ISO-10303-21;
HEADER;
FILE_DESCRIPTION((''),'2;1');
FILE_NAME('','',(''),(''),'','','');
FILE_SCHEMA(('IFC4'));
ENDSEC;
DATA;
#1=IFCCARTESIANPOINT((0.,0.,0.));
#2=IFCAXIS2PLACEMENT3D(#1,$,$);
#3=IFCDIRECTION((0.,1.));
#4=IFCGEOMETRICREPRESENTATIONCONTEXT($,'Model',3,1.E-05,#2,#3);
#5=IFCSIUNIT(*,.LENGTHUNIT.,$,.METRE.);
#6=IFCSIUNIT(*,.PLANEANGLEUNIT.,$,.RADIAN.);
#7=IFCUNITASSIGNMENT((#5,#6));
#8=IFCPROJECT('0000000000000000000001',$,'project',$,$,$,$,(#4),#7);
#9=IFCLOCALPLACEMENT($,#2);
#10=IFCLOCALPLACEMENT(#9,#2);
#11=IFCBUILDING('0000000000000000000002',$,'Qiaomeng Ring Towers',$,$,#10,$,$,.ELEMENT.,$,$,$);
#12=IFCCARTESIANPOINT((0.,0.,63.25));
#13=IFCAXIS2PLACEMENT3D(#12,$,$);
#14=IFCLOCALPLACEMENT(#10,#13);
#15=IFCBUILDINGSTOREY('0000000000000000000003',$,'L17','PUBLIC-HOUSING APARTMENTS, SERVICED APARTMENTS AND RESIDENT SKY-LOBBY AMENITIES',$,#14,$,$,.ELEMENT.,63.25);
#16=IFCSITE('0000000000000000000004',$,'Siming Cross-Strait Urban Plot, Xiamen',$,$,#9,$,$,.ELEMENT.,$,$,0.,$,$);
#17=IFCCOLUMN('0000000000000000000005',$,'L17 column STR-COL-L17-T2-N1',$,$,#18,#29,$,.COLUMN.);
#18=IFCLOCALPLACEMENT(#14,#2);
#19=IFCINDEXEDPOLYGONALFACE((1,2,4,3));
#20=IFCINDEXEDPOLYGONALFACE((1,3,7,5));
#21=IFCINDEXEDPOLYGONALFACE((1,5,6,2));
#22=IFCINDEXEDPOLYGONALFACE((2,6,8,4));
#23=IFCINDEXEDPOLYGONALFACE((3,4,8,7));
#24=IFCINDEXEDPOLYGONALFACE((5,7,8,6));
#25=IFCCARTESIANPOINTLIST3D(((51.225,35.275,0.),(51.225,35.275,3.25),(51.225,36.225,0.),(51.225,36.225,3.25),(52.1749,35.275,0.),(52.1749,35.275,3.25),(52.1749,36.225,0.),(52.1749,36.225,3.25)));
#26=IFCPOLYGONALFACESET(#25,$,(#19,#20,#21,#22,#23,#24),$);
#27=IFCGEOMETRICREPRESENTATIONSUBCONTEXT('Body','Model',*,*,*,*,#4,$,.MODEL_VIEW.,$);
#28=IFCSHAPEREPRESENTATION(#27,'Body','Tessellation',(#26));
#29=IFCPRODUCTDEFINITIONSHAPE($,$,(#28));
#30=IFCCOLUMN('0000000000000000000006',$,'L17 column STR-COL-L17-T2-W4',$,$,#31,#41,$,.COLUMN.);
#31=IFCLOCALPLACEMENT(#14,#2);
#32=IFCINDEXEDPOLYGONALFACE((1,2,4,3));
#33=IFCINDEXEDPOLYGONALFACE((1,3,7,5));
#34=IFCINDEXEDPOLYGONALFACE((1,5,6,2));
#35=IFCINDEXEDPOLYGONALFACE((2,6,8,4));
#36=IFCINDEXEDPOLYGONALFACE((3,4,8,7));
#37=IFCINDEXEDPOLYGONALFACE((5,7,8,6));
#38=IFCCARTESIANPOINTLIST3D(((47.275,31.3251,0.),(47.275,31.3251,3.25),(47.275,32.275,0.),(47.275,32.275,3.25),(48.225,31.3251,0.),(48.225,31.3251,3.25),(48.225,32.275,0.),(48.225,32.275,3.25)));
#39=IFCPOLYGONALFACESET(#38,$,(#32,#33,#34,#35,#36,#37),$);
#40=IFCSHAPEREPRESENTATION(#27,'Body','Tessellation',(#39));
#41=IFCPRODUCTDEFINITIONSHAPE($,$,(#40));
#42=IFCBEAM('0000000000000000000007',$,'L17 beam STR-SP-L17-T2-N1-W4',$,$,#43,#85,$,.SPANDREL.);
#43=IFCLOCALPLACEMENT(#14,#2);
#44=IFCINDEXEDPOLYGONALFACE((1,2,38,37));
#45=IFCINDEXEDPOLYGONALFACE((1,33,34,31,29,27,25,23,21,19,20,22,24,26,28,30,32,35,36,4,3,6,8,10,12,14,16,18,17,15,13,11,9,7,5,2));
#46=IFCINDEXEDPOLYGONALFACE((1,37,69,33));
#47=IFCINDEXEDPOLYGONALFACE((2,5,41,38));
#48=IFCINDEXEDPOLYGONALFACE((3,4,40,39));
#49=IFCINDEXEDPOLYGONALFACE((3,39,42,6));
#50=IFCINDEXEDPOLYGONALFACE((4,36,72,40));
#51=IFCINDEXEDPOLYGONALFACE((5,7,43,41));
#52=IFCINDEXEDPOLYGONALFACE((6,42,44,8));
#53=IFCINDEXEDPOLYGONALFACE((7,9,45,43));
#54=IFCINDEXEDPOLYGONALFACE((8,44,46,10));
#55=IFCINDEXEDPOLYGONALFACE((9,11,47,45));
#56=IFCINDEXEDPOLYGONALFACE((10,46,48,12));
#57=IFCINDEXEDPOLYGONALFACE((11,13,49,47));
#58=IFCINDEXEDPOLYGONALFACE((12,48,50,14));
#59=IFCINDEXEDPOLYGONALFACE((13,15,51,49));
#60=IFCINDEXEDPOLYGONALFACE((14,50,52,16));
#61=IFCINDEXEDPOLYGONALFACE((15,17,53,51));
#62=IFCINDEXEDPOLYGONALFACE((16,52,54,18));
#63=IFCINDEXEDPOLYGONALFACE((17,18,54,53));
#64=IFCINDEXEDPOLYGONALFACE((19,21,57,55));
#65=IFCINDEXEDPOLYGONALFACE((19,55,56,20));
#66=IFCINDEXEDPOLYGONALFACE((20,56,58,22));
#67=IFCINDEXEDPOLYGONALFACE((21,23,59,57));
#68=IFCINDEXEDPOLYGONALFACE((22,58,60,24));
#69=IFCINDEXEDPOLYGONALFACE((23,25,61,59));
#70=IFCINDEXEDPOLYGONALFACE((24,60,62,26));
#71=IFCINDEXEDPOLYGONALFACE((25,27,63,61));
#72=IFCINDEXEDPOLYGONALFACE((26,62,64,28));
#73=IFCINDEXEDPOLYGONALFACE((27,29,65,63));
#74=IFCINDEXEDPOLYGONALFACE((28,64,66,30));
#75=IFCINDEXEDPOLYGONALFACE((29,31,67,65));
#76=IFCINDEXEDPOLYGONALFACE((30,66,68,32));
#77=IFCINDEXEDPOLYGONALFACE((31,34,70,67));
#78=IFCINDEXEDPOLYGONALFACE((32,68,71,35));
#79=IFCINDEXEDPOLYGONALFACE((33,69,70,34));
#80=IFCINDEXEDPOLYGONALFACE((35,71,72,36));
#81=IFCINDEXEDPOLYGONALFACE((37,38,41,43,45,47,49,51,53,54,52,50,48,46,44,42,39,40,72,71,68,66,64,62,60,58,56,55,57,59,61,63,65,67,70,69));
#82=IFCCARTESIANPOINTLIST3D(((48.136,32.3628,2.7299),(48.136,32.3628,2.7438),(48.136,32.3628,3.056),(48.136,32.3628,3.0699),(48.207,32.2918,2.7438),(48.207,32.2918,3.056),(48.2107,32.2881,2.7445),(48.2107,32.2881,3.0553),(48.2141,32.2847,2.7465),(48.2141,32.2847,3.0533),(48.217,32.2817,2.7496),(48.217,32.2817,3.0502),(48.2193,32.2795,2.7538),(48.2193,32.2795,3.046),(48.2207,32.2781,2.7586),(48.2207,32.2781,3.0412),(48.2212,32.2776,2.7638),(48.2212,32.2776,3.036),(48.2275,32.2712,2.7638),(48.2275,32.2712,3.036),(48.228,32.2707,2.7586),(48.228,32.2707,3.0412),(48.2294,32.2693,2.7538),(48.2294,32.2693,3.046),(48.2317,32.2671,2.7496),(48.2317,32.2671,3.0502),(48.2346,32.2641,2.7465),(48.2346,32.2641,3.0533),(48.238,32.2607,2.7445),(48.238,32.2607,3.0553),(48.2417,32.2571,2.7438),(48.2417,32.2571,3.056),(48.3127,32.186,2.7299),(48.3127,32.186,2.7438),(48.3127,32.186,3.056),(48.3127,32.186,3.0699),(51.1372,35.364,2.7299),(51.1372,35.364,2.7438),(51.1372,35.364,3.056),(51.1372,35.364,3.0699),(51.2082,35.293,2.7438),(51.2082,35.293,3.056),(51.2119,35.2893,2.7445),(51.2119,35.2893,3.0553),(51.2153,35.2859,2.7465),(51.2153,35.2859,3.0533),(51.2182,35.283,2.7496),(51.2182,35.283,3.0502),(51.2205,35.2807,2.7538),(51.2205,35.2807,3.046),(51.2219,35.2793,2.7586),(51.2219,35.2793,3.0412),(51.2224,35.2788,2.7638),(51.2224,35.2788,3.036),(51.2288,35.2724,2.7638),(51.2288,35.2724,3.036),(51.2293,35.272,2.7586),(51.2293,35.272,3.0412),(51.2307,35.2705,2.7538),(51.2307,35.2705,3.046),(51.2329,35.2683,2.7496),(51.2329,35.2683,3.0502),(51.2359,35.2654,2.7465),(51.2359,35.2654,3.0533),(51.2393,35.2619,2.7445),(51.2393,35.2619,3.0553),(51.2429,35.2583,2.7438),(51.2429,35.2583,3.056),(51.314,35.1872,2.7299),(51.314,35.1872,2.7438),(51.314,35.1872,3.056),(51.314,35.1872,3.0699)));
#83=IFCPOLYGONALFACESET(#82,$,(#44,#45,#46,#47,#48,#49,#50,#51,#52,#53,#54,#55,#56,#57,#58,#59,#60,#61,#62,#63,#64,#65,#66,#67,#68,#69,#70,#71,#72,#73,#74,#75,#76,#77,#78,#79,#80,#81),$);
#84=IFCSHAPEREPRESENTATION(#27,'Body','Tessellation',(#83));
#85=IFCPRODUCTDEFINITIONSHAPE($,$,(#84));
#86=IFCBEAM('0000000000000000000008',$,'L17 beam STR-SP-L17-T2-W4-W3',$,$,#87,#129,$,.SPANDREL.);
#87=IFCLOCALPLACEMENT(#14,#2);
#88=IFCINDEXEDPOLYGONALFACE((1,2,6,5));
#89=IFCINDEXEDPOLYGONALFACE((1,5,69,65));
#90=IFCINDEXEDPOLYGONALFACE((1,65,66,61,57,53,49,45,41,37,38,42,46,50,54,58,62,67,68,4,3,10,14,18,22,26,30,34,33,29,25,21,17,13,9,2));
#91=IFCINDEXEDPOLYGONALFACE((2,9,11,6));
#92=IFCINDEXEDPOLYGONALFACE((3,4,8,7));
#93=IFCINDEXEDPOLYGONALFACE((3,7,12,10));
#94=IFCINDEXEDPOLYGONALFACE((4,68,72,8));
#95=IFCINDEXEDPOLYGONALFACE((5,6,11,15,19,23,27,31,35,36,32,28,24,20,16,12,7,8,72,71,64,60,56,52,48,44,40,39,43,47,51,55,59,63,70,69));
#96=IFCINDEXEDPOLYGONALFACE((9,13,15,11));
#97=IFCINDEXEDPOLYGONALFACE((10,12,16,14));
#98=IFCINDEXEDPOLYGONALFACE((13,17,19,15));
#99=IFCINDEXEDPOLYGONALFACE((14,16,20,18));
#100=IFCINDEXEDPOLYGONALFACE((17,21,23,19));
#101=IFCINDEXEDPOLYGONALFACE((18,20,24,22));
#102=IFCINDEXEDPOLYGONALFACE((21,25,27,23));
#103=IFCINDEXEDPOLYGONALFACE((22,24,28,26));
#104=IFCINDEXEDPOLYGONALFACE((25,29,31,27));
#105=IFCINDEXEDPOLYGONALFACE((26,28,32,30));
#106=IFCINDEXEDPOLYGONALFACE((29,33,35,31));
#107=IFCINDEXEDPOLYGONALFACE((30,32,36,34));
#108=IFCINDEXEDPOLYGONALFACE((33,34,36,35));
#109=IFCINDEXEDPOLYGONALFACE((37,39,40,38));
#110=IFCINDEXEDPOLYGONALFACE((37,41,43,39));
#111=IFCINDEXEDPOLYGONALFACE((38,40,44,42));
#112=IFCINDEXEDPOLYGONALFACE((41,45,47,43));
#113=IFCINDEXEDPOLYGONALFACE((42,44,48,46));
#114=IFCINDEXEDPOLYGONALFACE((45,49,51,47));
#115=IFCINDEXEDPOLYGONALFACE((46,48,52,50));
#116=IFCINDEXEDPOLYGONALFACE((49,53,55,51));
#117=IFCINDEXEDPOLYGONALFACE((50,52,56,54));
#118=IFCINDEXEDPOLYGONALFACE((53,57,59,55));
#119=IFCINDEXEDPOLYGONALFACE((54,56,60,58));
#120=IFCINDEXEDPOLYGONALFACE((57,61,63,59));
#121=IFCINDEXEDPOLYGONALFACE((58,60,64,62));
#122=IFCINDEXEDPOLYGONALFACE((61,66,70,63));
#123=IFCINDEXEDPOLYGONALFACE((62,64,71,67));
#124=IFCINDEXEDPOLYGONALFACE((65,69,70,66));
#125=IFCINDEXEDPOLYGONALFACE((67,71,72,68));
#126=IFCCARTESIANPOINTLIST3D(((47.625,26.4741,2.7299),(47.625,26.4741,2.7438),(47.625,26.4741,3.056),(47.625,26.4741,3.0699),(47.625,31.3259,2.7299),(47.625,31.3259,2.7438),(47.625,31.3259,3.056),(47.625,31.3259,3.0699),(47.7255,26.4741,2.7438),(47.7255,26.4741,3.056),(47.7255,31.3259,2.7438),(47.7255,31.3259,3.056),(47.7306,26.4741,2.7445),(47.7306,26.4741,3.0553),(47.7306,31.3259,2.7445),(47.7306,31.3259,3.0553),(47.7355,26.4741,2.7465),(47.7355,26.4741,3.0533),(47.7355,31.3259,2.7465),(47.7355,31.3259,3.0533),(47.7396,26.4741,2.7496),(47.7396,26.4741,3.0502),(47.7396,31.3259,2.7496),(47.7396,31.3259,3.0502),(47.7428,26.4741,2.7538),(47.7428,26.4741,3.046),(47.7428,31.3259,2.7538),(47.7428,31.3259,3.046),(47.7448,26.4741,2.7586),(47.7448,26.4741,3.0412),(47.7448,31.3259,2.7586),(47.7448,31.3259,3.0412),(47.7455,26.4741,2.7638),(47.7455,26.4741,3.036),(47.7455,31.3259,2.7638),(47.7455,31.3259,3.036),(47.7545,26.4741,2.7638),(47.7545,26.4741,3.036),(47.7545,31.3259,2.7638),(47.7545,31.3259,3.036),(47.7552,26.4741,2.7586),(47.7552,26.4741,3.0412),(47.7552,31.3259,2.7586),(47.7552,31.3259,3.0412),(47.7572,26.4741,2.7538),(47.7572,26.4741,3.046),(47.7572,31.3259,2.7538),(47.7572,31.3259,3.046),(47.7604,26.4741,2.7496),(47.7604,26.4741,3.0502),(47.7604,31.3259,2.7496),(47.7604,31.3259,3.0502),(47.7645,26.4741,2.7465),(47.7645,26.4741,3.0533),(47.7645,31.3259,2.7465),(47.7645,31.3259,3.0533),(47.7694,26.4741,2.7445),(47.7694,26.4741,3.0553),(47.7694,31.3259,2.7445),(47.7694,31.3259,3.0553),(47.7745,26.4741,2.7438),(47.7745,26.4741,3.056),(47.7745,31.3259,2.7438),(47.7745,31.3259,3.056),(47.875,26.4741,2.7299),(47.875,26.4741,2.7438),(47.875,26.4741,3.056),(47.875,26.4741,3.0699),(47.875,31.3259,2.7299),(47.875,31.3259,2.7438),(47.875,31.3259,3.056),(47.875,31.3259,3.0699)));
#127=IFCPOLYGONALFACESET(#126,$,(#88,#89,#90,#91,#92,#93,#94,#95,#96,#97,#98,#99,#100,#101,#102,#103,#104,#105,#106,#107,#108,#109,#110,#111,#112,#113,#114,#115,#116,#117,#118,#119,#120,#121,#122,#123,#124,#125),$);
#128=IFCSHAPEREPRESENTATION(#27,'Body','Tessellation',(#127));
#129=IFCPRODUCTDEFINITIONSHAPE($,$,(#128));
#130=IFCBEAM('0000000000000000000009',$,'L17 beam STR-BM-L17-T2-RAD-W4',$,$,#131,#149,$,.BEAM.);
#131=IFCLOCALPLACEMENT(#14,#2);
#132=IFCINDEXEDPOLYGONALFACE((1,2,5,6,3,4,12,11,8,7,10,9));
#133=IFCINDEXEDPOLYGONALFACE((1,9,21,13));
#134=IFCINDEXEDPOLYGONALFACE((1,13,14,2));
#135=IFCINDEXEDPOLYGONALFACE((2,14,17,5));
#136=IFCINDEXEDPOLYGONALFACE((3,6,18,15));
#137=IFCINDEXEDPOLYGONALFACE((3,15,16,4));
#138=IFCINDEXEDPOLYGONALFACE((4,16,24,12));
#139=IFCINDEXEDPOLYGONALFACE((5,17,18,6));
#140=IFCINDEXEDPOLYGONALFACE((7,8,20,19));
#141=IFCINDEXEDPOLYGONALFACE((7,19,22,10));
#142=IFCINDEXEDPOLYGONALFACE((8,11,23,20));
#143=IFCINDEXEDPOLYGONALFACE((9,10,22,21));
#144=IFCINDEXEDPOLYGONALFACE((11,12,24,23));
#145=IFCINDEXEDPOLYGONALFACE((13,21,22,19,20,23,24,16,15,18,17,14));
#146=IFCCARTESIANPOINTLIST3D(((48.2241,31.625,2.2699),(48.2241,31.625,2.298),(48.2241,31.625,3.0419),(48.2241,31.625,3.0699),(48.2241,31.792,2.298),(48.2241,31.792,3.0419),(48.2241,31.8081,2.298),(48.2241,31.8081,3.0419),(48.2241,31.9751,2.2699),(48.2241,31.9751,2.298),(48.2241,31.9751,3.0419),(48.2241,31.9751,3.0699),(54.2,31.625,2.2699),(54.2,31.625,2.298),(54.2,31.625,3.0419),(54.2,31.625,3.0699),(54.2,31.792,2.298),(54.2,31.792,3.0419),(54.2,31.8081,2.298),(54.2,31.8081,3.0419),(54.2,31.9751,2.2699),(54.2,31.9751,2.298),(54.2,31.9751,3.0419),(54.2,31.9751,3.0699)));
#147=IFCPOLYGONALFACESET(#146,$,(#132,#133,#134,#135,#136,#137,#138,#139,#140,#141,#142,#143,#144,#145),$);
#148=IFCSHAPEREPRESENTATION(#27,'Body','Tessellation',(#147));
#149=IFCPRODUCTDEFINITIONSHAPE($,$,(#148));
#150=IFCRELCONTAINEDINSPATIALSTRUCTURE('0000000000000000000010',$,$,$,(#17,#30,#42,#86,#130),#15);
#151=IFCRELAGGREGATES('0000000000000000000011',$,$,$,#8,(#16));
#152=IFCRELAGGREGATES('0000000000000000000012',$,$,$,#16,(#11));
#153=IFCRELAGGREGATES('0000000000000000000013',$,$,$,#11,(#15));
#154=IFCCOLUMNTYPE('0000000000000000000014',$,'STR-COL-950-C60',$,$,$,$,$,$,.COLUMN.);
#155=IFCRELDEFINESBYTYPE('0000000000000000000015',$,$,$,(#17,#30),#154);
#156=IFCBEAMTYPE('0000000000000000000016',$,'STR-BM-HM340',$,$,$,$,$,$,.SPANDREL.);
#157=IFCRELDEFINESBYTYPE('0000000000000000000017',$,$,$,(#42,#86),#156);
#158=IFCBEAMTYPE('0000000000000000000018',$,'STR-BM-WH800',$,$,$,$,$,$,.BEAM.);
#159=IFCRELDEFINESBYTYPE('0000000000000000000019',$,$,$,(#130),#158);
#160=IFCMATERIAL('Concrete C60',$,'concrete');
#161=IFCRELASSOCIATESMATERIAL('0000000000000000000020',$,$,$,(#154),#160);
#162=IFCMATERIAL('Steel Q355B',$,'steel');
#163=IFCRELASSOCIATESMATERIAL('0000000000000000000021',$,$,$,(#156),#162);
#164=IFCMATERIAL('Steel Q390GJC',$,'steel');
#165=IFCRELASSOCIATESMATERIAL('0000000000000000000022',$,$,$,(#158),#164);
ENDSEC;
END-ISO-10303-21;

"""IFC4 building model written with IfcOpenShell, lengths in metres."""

from ifc_helpers import new_model, si_unit, direction, frame, origin, origin_2d, place, context, subcontext, project, spatial, rectangle, i_section, extrude, source, transform, mapped, material, material_profile, profile_set, type_object, element, save


model = new_model("IFC4")

# Units and contexts
model_context = context("Model", 3, precision=1e-05, world=origin(), true_north=direction((0.0, 1.0)))
body_context = subcontext(model_context, "Body", "Model", "MODEL_VIEW")
ifc_project = project(units=[si_unit("LENGTHUNIT", "METRE"), si_unit("PLANEANGLEUNIT", "RADIAN")], contexts=[model_context])

# Site, building, storey
site_placement = place(None, origin())
site = spatial("IfcSite", under=ifc_project, at=site_placement, Name="Siming Cross-Strait Urban Plot, Xiamen", CompositionType="ELEMENT", RefElevation=0.0)
building_placement = place(site_placement, origin())
building = spatial("IfcBuilding", under=site, at=building_placement, Name="Qiaomeng Ring Towers", CompositionType="ELEMENT")
storey_placement = place(building_placement, frame((0.0, 0.0, 63.25)))
storey = spatial("IfcBuildingStorey", under=building, at=storey_placement, Name="L17", Description="PUBLIC-HOUSING APARTMENTS, SERVICED APARTMENTS AND RESIDENT SKY-LOBBY AMENITIES", CompositionType="ELEMENT", Elevation=63.25)

# Columns
ifc_material_1 = material(Name="Concrete C60", Category="concrete")
ifc_material_profile_1 = material_profile(ifc_material_1, rectangle(XDim=0.95, YDim=0.95, at=origin_2d()), Name="RC COL 950x950")
ifc_profile_set_1 = profile_set([ifc_material_profile_1], Name="Concrete C60")
column_type = type_object("IfcColumnType", Name="STR-COL-950-C60", PredefinedType="COLUMN", material=ifc_profile_set_1)
shared_shape_1 = source(origin(), body_context, "Body", "SweptSolid", [
    extrude(rectangle(XDim=0.95, YDim=0.95, at=origin_2d()), origin(), (0.0, 0.0, 1.0), 3.25),
])
for number, where, z_axis, x_axis, name in (
    (1, (51.7, 35.75, 0.0), (0.0, 0.0, 1.0), (1.0, 0.0, 0.0), "L17 column STR-COL-L17-T2-N1"),
    (2, (47.75, 31.8, 0.0), (0.0, 0.0, 1.0), (1.0, 0.0, 0.0), "L17 column STR-COL-L17-T2-W4"),
):
    element("IfcColumn", number, at=place(storey_placement, frame(where, z_axis=z_axis, x_axis=x_axis)), inside=storey, type_object=column_type, Name=name, PredefinedType="COLUMN", context=body_context, shape_type="MappedRepresentation", body=[
        mapped(shared_shape_1, transform((0.0, 0.0, 0.0), x_axis=(1.0, 0.0, 0.0), y_axis=(0.0, 1.0, 0.0), z_axis=(0.0, 0.0, 1.0), scale=1.0)),
    ])

# Beams
ifc_material_2 = material(Name="Steel Q355B", Category="steel")
ifc_material_profile_2 = material_profile(ifc_material_2, i_section(OverallWidth=0.25, OverallDepth=0.3401, WebThickness=0.009, FlangeThickness=0.0139, FilletRadius=0.02, at=origin_2d()), Name="HM 340x250x9x14")
ifc_profile_set_2 = profile_set([ifc_material_profile_2], Name="Steel Q355B")
beam_type_1 = type_object("IfcBeamType", Name="STR-BM-HM340", PredefinedType="SPANDREL", material=ifc_profile_set_2)
shared_shape_2 = source(origin(), body_context, "Body", "SweptSolid", [
    extrude(i_section(OverallWidth=0.25, OverallDepth=0.3401, WebThickness=0.009, FlangeThickness=0.0139, FilletRadius=0.02, at=origin_2d()), origin(), (0.0, 0.0, 1.0), 4.2444),
])
beam_1_placement = place(storey_placement, frame((51.2256, 35.2756, 2.8999), z_axis=(-0.707107, -0.707107, 0.0), x_axis=(0.707107, -0.707107, 0.0)))
element("IfcBeam", 3, at=beam_1_placement, inside=storey, type_object=beam_type_1, Name="L17 beam STR-SP-L17-T2-N1-W4", PredefinedType="SPANDREL", context=body_context, shape_type="MappedRepresentation", body=[
    mapped(shared_shape_2, transform((0.0, 0.0, 0.0), x_axis=(1.0, 0.0, 0.0), y_axis=(0.0, 1.0, 0.0), z_axis=(0.0, 0.0, 1.0), scale=1.0)),
])
shared_shape_3 = source(origin(), body_context, "Body", "SweptSolid", [
    extrude(i_section(OverallWidth=0.25, OverallDepth=0.3401, WebThickness=0.009, FlangeThickness=0.0139, FilletRadius=0.02, at=origin_2d()), origin(), (0.0, 0.0, 1.0), 4.8518),
])
beam_2_placement = place(storey_placement, frame((47.75, 31.3259, 2.8999), z_axis=(0.0, -1.0, 0.0), x_axis=(1.0, 0.0, 0.0)))
element("IfcBeam", 4, at=beam_2_placement, inside=storey, type_object=beam_type_1, Name="L17 beam STR-SP-L17-T2-W4-W3", PredefinedType="SPANDREL", context=body_context, shape_type="MappedRepresentation", body=[
    mapped(shared_shape_3, transform((0.0, 0.0, 0.0), x_axis=(1.0, 0.0, 0.0), y_axis=(0.0, 1.0, 0.0), z_axis=(0.0, 0.0, 1.0), scale=1.0)),
])
ifc_material_3 = material(Name="Steel Q390GJC", Category="steel")
ifc_material_profile_3 = material_profile(ifc_material_3, i_section(OverallWidth=0.3501, OverallDepth=0.8, WebThickness=0.0161, FlangeThickness=0.0281, at=origin_2d()), Name="WH 800x350x16x28")
ifc_profile_set_3 = profile_set([ifc_material_profile_3], Name="Steel Q390GJC")
beam_type_2 = type_object("IfcBeamType", Name="STR-BM-WH800", PredefinedType="BEAM", material=ifc_profile_set_3)
shared_shape_4 = source(origin(), body_context, "Body", "SweptSolid", [
    extrude(i_section(OverallWidth=0.3501, OverallDepth=0.8, WebThickness=0.0161, FlangeThickness=0.0281, at=origin_2d()), origin(), (0.0, 0.0, 1.0), 5.9758),
])
beam_3_placement = place(storey_placement, frame((48.2241, 31.8, 2.6699), z_axis=(1.0, 0.0, 0.0), x_axis=(0.0, 1.0, 0.0)))
element("IfcBeam", 5, at=beam_3_placement, inside=storey, type_object=beam_type_2, Name="L17 beam STR-BM-L17-T2-RAD-W4", PredefinedType="BEAM", context=body_context, shape_type="MappedRepresentation", body=[
    mapped(shared_shape_4, transform((0.0, 0.0, 0.0), x_axis=(1.0, 0.0, 0.0), y_axis=(0.0, 1.0, 0.0), z_axis=(0.0, 0.0, 1.0), scale=1.0)),
])

save(model, "model.ifc")
